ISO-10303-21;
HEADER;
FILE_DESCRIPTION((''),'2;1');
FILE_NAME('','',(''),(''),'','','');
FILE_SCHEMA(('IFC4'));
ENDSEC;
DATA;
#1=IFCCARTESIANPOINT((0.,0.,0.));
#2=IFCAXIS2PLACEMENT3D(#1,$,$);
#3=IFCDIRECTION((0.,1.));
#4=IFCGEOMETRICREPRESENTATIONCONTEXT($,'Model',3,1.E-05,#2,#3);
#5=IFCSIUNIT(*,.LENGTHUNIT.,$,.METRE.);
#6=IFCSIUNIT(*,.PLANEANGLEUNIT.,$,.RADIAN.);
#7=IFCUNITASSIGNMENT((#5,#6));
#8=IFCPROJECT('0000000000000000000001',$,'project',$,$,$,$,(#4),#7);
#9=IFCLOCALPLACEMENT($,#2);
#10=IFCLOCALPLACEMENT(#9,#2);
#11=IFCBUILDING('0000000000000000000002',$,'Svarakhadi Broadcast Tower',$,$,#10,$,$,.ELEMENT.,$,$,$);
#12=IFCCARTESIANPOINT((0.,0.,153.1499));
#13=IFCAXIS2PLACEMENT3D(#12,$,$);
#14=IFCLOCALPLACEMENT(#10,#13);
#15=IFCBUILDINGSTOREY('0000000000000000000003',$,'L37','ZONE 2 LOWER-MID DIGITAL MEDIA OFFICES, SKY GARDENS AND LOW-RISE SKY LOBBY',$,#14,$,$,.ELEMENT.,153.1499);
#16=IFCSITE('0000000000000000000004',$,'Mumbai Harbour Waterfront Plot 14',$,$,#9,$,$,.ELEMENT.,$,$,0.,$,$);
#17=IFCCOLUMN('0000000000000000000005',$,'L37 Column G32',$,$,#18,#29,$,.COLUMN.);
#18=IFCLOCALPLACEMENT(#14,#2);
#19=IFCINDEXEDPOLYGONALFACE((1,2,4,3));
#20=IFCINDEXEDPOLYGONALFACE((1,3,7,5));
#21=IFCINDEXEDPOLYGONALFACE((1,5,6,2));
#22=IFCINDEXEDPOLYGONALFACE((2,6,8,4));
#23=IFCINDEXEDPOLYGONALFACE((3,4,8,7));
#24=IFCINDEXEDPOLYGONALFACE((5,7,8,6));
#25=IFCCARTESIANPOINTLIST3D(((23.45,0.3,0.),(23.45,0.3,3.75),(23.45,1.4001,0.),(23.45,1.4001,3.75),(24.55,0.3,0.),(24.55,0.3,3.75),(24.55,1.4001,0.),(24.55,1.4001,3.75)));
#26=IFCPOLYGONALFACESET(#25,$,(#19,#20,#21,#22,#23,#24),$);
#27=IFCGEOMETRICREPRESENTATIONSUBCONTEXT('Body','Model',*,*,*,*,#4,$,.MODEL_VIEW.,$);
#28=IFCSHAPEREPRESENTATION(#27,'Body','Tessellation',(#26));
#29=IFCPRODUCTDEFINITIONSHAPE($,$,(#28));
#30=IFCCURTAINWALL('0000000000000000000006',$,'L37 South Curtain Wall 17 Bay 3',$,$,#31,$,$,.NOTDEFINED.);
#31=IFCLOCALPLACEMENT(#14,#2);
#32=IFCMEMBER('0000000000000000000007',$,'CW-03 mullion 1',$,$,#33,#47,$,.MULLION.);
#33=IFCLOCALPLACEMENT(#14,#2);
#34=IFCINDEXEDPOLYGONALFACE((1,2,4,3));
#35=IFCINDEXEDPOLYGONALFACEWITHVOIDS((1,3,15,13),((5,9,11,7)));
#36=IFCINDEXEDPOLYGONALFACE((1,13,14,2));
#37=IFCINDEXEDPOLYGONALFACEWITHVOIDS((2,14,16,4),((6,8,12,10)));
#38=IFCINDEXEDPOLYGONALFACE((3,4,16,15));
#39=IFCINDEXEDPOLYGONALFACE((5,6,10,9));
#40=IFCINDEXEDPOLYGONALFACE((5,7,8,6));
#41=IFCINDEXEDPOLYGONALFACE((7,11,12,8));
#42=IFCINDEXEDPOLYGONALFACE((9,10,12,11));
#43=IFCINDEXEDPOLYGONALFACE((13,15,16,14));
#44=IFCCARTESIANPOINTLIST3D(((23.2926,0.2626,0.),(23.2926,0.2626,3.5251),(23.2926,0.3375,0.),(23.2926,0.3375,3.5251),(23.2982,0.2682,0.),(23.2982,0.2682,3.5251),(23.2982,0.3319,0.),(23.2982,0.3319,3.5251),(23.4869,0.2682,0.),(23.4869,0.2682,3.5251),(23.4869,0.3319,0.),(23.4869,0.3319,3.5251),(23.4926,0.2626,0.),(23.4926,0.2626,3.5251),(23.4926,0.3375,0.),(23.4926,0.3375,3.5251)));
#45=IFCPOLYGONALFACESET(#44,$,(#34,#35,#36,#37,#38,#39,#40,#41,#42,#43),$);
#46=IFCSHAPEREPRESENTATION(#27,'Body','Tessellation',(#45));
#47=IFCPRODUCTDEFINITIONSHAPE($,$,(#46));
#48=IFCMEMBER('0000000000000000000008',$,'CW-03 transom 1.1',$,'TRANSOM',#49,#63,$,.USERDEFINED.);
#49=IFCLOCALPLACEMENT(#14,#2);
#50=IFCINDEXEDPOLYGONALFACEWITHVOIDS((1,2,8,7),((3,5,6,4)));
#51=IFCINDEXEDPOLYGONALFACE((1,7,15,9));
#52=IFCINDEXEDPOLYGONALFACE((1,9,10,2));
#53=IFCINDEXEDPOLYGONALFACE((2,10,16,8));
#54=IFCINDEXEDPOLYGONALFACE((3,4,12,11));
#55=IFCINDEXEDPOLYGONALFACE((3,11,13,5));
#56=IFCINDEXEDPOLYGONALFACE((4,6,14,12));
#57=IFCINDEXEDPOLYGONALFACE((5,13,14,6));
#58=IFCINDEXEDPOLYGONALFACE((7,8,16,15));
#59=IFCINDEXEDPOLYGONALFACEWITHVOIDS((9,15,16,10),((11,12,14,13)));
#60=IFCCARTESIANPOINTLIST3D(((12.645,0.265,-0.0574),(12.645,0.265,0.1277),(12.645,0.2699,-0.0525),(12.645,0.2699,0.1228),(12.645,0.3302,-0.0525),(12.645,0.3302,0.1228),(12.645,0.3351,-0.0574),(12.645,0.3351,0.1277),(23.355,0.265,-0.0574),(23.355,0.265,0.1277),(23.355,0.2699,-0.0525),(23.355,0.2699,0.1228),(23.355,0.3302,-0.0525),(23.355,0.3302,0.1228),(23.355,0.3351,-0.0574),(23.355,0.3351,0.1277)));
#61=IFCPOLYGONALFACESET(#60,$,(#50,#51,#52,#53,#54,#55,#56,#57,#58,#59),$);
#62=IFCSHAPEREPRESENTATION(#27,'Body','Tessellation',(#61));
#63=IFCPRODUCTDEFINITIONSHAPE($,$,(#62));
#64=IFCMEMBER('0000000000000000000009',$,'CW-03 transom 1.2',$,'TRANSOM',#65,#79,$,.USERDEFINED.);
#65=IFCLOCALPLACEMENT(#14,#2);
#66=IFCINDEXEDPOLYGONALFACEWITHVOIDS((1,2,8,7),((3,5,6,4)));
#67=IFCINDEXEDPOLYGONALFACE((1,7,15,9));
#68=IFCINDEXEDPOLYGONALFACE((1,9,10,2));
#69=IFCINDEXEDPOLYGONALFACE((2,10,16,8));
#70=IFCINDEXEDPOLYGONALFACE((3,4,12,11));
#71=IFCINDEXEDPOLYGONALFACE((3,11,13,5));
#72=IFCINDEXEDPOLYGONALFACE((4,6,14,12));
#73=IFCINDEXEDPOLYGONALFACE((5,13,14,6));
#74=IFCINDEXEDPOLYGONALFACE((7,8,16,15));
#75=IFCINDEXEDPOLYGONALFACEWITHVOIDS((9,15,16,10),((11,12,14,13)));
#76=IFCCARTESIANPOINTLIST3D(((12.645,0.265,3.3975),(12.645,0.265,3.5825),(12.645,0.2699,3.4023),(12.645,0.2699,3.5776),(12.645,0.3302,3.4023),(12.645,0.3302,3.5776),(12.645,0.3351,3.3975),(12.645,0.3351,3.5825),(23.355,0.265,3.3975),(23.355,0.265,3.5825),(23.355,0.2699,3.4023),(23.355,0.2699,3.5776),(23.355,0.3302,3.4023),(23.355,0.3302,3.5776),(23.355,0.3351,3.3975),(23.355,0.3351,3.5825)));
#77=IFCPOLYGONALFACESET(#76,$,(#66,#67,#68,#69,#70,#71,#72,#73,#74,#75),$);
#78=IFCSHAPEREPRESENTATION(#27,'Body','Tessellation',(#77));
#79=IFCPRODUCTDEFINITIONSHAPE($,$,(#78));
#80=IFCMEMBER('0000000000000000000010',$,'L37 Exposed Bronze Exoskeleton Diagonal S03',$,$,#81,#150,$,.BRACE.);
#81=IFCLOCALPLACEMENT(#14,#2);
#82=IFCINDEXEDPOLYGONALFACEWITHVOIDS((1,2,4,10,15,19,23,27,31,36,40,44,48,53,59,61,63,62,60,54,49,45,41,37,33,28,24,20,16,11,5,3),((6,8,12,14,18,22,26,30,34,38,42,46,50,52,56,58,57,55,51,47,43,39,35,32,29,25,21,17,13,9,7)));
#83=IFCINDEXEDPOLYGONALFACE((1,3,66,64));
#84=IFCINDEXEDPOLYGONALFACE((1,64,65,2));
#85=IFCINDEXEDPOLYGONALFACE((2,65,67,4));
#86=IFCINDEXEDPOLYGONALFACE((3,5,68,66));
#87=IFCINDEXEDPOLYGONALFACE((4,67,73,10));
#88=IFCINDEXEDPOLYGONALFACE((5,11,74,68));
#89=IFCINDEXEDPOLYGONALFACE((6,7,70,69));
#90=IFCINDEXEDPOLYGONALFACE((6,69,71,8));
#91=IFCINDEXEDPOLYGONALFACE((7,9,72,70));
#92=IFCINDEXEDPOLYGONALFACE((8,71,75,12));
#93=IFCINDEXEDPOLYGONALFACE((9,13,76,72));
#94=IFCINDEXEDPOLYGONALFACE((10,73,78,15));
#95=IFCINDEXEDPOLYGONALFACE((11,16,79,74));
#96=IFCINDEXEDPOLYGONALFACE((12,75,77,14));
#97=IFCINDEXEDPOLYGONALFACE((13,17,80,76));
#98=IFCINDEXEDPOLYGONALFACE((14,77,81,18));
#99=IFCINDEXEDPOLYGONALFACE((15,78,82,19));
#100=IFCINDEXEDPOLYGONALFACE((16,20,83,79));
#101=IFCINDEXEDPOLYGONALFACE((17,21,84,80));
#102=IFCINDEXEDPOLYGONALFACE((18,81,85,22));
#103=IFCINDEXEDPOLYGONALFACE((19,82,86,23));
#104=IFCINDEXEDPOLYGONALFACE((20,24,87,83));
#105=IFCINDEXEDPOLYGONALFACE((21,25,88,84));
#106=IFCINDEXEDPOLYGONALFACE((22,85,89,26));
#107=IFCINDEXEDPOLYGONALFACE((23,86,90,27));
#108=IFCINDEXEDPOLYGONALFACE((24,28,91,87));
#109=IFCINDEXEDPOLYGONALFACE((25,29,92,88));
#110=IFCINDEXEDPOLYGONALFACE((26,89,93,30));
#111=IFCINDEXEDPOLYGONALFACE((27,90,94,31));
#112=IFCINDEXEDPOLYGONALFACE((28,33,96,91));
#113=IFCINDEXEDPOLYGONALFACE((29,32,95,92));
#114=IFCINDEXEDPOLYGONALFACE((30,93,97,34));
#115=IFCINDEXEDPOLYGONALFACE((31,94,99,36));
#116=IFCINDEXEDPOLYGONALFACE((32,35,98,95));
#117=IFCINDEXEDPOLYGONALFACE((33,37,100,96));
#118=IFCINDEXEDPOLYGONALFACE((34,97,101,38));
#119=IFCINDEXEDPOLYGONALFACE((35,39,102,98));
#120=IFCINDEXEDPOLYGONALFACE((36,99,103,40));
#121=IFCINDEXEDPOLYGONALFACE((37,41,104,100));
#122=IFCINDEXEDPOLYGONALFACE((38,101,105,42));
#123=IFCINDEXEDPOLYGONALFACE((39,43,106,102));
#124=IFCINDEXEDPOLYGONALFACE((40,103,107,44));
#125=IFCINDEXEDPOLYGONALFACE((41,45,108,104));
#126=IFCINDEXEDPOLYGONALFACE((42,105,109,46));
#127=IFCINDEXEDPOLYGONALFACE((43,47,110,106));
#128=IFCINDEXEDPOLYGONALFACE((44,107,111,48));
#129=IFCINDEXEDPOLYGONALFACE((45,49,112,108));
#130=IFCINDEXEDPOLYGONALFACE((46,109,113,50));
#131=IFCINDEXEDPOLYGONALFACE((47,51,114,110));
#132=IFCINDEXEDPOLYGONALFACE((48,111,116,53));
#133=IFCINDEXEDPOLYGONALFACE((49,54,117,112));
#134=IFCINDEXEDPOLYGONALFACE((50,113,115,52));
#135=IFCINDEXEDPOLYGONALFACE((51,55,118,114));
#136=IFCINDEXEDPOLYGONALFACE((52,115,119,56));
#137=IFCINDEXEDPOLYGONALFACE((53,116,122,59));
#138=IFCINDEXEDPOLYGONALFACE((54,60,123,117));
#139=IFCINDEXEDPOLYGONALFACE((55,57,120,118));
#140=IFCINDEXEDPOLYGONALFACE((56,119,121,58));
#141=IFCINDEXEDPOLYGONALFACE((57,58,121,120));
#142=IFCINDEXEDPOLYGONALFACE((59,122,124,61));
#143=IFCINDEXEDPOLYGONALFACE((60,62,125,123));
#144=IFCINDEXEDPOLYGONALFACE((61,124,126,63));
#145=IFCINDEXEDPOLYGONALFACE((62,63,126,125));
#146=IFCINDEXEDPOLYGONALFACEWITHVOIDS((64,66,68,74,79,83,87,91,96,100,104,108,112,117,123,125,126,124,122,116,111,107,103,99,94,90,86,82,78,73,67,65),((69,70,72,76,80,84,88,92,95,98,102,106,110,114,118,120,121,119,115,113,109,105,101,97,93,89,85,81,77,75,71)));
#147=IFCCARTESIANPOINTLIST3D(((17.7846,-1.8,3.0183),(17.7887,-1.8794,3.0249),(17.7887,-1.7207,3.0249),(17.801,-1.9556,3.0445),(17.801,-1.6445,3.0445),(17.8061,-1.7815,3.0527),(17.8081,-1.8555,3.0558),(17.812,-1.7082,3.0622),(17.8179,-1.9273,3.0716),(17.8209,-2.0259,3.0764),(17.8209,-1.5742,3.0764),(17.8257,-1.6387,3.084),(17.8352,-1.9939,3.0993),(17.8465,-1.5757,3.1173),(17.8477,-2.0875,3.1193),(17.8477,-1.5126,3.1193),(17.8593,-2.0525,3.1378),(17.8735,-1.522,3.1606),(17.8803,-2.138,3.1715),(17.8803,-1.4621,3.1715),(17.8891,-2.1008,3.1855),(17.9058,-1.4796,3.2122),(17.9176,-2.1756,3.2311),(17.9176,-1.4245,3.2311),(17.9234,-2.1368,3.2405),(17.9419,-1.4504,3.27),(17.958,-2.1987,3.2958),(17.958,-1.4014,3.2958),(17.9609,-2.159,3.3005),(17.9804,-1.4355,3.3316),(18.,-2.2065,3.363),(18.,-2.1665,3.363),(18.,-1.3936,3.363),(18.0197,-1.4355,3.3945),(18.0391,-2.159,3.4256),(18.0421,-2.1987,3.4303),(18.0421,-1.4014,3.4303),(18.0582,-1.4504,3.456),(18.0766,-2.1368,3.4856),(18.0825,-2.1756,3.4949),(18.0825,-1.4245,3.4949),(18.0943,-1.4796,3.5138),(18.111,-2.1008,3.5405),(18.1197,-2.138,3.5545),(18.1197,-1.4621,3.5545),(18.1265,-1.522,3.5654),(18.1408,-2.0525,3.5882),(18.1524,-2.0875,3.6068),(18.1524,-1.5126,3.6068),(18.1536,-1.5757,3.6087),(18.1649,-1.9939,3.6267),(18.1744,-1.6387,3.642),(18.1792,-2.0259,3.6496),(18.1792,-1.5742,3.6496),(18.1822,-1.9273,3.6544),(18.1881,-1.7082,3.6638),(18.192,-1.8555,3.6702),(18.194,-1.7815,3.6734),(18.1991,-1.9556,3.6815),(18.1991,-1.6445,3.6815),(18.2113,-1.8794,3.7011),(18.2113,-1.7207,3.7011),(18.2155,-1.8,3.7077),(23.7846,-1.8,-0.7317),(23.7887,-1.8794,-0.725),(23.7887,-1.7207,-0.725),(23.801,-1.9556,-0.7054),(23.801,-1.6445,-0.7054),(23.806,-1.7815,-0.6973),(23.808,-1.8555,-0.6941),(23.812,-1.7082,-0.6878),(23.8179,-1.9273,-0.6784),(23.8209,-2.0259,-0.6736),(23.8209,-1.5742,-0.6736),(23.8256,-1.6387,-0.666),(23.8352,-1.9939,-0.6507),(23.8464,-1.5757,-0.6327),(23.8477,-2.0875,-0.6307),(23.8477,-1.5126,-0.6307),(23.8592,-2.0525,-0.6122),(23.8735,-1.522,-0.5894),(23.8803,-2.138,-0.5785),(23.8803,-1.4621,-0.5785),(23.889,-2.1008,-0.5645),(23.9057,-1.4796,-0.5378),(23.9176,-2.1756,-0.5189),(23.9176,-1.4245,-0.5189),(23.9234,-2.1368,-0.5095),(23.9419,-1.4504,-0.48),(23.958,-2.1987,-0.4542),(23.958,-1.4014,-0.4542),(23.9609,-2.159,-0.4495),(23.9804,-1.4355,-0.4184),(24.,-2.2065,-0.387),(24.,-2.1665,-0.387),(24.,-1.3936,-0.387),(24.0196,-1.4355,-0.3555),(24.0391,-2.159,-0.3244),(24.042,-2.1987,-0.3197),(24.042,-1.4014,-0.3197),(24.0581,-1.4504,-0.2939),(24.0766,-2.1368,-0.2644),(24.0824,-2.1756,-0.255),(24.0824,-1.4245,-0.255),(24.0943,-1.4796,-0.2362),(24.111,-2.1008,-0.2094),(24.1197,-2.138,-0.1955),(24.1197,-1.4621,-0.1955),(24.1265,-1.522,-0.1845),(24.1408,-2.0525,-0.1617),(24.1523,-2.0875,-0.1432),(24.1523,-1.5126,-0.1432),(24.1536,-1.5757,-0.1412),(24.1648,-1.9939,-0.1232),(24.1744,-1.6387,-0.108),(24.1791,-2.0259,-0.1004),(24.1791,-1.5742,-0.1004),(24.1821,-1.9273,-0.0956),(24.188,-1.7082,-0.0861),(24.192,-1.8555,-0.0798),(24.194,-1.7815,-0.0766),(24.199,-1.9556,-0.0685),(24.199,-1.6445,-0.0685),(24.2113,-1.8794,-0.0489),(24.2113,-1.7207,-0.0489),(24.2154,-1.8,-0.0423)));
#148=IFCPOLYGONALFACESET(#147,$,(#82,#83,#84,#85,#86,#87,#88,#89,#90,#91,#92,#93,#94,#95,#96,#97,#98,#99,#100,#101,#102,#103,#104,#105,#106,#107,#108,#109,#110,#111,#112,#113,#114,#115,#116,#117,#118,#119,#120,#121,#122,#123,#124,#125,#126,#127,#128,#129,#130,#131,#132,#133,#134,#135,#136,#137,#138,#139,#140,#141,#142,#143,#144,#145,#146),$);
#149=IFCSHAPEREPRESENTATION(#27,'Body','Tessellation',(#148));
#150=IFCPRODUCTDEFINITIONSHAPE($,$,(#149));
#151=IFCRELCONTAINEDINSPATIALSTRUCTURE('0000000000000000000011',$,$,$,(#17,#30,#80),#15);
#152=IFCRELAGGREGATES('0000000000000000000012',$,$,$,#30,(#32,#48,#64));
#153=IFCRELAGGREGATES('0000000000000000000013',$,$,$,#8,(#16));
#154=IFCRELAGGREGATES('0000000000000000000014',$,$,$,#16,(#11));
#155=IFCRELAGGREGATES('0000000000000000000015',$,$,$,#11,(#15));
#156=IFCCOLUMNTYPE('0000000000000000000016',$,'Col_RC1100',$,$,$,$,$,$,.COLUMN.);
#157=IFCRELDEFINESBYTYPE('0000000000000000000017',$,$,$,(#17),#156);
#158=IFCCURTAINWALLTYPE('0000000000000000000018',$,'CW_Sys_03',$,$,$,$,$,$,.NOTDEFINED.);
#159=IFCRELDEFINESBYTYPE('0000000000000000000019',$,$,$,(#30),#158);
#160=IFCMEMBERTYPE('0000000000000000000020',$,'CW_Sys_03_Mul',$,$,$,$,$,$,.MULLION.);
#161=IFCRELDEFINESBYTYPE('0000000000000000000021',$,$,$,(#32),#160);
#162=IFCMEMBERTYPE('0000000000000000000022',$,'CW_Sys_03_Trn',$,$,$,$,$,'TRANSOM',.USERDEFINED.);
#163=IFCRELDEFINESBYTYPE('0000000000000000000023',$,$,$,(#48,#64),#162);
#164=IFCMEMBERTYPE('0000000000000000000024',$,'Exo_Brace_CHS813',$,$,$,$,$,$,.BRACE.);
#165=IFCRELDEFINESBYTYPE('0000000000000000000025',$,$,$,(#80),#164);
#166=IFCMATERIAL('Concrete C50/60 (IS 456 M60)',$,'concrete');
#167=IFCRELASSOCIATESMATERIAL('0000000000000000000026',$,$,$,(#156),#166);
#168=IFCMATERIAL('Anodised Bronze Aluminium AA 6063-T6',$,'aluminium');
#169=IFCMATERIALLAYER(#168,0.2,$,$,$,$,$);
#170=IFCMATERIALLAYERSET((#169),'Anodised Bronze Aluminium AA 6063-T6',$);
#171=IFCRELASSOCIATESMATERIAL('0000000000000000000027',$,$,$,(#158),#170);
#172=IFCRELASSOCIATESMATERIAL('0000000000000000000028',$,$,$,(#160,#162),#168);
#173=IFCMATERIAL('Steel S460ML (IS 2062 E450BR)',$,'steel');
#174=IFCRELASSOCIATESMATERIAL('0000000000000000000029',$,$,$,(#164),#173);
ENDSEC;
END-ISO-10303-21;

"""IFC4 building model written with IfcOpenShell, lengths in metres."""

from ifc_helpers import new_model, si_unit, direction, frame, origin, origin_2d, place, context, subcontext, project, spatial, rectangle, hollow_rectangle, hollow_circle, extrude, material, layer, layer_set, material_profile, profile_set, type_object, element, aggregate, save


model = new_model("IFC4")

# Units and contexts
model_context = context("Model", 3, precision=1e-05, world=origin(), true_north=direction((0.0, 1.0)))
body_context = subcontext(model_context, "Body", "Model", "MODEL_VIEW")
ifc_project = project(units=[si_unit("LENGTHUNIT", "METRE"), si_unit("PLANEANGLEUNIT", "RADIAN")], contexts=[model_context])

# Site, building, storey
site_placement = place(None, origin())
site = spatial("IfcSite", under=ifc_project, at=site_placement, Name="Mumbai Harbour Waterfront Plot 14", CompositionType="ELEMENT", RefElevation=0.0)
building_placement = place(site_placement, origin())
building = spatial("IfcBuilding", under=site, at=building_placement, Name="Svarakhadi Broadcast Tower", CompositionType="ELEMENT")
storey_placement = place(building_placement, frame((0.0, 0.0, 153.1499)))
storey = spatial("IfcBuildingStorey", under=building, at=storey_placement, Name="L37", Description="ZONE 2 LOWER-MID DIGITAL MEDIA OFFICES, SKY GARDENS AND LOW-RISE SKY LOBBY", CompositionType="ELEMENT", Elevation=153.1499)

# Column
ifc_material_1 = material(Name="Concrete C50/60 (IS 456 M60)", Category="concrete")
ifc_material_profile_1 = material_profile(ifc_material_1, rectangle(XDim=1.1001, YDim=1.1001, at=origin_2d()), Name="RC 1100x1100")
ifc_profile_set_1 = profile_set([ifc_material_profile_1], Name="Concrete C50/60 (IS 456 M60)")
column_type = type_object("IfcColumnType", Name="Col_RC1100", PredefinedType="COLUMN", material=ifc_profile_set_1)
column_placement = place(storey_placement, frame((24.0, 0.8501, 0.0), z_axis=(0.0, 0.0, 1.0), x_axis=(1.0, 0.0, 0.0)))
element("IfcColumn", 1, at=column_placement, inside=storey, type_object=column_type, Name="L37 Column G32", PredefinedType="COLUMN", context=body_context, shape_type="SweptSolid", body=[
    extrude(rectangle(XDim=1.1001, YDim=1.1001, at=origin_2d()), origin(), (0.0, 0.0, 1.0), 3.75),
])

# Curtain wall, members
ifc_material_2 = material(Name="Anodised Bronze Aluminium AA 6063-T6", Category="aluminium")
ifc_layer_1 = layer(ifc_material_2, 0.2)
ifc_layer_set_1 = layer_set([ifc_layer_1], Name="Anodised Bronze Aluminium AA 6063-T6")
curtain_wall_type = type_object("IfcCurtainWallType", Name="CW_Sys_03", PredefinedType="NOTDEFINED", material=ifc_layer_set_1)
curtain_wall_placement = place(storey_placement, origin())
curtain_wall = element("IfcCurtainWall", 2, at=curtain_wall_placement, inside=storey, type_object=curtain_wall_type, Name="L37 South Curtain Wall 17 Bay 3", PredefinedType="NOTDEFINED")
ifc_material_profile_2 = material_profile(ifc_material_2, hollow_rectangle(XDim=0.075, YDim=0.2, WallThickness=0.0056, at=origin_2d()), Name="ALU MULLION 200x75x6")
ifc_profile_set_2 = profile_set([ifc_material_profile_2], Name="Anodised Bronze Aluminium AA 6063-T6")
member_type_1 = type_object("IfcMemberType", Name="CW_Sys_03_Mul", PredefinedType="MULLION", material=ifc_profile_set_2)
member_1_placement = place(storey_placement, frame((23.3926, 0.3, 0.0), z_axis=(0.0, 0.0, 1.0), x_axis=(0.0, -1.0, 0.0)))
member_1 = element("IfcMember", 3, at=member_1_placement, type_object=member_type_1, Name="CW-03 mullion 1", PredefinedType="MULLION", context=body_context, shape_type="SweptSolid", body=[
    extrude(hollow_rectangle(XDim=0.075, YDim=0.2, WallThickness=0.0056, at=origin_2d()), origin(), (0.0, 0.0, 1.0), 3.5251),
])
ifc_material_profile_3 = material_profile(ifc_material_2, hollow_rectangle(XDim=0.0701, YDim=0.1851, WallThickness=0.0049, at=origin_2d()), Name="ALU TRANSOM 185x70x5")
ifc_profile_set_3 = profile_set([ifc_material_profile_3], Name="Anodised Bronze Aluminium AA 6063-T6")
member_type_2 = type_object("IfcMemberType", Name="CW_Sys_03_Trn", ElementType="TRANSOM", PredefinedType="USERDEFINED", material=ifc_profile_set_3)
member_2_placement = place(storey_placement, frame((23.355, 0.3, 0.0352), z_axis=(-1.0, 0.0, 0.0), x_axis=(0.0, -1.0, 0.0)))
member_2 = element("IfcMember", 4, at=member_2_placement, type_object=member_type_2, Name="CW-03 transom 1.1", ObjectType="TRANSOM", PredefinedType="USERDEFINED", context=body_context, shape_type="SweptSolid", body=[
    extrude(hollow_rectangle(XDim=0.0701, YDim=0.1851, WallThickness=0.0049, at=origin_2d()), origin(), (0.0, 0.0, 1.0), 10.71),
])
member_3_placement = place(storey_placement, frame((23.355, 0.3, 3.49), z_axis=(-1.0, 0.0, 0.0), x_axis=(0.0, -1.0, 0.0)))
member_3 = element("IfcMember", 5, at=member_3_placement, type_object=member_type_2, Name="CW-03 transom 1.2", ObjectType="TRANSOM", PredefinedType="USERDEFINED", context=body_context, shape_type="SweptSolid", body=[
    extrude(hollow_rectangle(XDim=0.0701, YDim=0.1851, WallThickness=0.0049, at=origin_2d()), origin(), (0.0, 0.0, 1.0), 10.71),
])

# Member
ifc_material_3 = material(Name="Steel S460ML (IS 2062 E450BR)", Category="steel")
ifc_material_profile_4 = material_profile(ifc_material_3, hollow_circle(Radius=0.4065, WallThickness=0.04, at=origin_2d()), Name="CHS 813x40")
ifc_profile_set_4 = profile_set([ifc_material_profile_4], Name="Steel S460ML (IS 2062 E450BR)")
member_type_3 = type_object("IfcMemberType", Name="Exo_Brace_CHS813", PredefinedType="BRACE", material=ifc_profile_set_4)
for number, where, z_axis, x_axis, name in (
    (6, (24.0, -1.8, -0.387), (-0.847998, 0.0, 0.529999), (0.0, -1.0, 0.0), "L37 Exposed Bronze Exoskeleton Diagonal S03"),
):
    element("IfcMember", number, at=place(storey_placement, frame(where, z_axis=z_axis, x_axis=x_axis)), inside=storey, type_object=member_type_3, Name=name, PredefinedType="BRACE", context=body_context, shape_type="SweptSolid", body=[
        extrude(hollow_circle(Radius=0.4065, WallThickness=0.04, at=origin_2d()), origin(), (0.0, 0.0, 1.0), 7.0754),
    ])

aggregate(curtain_wall, [member_1, member_2, member_3])

save(model, "model.ifc")
